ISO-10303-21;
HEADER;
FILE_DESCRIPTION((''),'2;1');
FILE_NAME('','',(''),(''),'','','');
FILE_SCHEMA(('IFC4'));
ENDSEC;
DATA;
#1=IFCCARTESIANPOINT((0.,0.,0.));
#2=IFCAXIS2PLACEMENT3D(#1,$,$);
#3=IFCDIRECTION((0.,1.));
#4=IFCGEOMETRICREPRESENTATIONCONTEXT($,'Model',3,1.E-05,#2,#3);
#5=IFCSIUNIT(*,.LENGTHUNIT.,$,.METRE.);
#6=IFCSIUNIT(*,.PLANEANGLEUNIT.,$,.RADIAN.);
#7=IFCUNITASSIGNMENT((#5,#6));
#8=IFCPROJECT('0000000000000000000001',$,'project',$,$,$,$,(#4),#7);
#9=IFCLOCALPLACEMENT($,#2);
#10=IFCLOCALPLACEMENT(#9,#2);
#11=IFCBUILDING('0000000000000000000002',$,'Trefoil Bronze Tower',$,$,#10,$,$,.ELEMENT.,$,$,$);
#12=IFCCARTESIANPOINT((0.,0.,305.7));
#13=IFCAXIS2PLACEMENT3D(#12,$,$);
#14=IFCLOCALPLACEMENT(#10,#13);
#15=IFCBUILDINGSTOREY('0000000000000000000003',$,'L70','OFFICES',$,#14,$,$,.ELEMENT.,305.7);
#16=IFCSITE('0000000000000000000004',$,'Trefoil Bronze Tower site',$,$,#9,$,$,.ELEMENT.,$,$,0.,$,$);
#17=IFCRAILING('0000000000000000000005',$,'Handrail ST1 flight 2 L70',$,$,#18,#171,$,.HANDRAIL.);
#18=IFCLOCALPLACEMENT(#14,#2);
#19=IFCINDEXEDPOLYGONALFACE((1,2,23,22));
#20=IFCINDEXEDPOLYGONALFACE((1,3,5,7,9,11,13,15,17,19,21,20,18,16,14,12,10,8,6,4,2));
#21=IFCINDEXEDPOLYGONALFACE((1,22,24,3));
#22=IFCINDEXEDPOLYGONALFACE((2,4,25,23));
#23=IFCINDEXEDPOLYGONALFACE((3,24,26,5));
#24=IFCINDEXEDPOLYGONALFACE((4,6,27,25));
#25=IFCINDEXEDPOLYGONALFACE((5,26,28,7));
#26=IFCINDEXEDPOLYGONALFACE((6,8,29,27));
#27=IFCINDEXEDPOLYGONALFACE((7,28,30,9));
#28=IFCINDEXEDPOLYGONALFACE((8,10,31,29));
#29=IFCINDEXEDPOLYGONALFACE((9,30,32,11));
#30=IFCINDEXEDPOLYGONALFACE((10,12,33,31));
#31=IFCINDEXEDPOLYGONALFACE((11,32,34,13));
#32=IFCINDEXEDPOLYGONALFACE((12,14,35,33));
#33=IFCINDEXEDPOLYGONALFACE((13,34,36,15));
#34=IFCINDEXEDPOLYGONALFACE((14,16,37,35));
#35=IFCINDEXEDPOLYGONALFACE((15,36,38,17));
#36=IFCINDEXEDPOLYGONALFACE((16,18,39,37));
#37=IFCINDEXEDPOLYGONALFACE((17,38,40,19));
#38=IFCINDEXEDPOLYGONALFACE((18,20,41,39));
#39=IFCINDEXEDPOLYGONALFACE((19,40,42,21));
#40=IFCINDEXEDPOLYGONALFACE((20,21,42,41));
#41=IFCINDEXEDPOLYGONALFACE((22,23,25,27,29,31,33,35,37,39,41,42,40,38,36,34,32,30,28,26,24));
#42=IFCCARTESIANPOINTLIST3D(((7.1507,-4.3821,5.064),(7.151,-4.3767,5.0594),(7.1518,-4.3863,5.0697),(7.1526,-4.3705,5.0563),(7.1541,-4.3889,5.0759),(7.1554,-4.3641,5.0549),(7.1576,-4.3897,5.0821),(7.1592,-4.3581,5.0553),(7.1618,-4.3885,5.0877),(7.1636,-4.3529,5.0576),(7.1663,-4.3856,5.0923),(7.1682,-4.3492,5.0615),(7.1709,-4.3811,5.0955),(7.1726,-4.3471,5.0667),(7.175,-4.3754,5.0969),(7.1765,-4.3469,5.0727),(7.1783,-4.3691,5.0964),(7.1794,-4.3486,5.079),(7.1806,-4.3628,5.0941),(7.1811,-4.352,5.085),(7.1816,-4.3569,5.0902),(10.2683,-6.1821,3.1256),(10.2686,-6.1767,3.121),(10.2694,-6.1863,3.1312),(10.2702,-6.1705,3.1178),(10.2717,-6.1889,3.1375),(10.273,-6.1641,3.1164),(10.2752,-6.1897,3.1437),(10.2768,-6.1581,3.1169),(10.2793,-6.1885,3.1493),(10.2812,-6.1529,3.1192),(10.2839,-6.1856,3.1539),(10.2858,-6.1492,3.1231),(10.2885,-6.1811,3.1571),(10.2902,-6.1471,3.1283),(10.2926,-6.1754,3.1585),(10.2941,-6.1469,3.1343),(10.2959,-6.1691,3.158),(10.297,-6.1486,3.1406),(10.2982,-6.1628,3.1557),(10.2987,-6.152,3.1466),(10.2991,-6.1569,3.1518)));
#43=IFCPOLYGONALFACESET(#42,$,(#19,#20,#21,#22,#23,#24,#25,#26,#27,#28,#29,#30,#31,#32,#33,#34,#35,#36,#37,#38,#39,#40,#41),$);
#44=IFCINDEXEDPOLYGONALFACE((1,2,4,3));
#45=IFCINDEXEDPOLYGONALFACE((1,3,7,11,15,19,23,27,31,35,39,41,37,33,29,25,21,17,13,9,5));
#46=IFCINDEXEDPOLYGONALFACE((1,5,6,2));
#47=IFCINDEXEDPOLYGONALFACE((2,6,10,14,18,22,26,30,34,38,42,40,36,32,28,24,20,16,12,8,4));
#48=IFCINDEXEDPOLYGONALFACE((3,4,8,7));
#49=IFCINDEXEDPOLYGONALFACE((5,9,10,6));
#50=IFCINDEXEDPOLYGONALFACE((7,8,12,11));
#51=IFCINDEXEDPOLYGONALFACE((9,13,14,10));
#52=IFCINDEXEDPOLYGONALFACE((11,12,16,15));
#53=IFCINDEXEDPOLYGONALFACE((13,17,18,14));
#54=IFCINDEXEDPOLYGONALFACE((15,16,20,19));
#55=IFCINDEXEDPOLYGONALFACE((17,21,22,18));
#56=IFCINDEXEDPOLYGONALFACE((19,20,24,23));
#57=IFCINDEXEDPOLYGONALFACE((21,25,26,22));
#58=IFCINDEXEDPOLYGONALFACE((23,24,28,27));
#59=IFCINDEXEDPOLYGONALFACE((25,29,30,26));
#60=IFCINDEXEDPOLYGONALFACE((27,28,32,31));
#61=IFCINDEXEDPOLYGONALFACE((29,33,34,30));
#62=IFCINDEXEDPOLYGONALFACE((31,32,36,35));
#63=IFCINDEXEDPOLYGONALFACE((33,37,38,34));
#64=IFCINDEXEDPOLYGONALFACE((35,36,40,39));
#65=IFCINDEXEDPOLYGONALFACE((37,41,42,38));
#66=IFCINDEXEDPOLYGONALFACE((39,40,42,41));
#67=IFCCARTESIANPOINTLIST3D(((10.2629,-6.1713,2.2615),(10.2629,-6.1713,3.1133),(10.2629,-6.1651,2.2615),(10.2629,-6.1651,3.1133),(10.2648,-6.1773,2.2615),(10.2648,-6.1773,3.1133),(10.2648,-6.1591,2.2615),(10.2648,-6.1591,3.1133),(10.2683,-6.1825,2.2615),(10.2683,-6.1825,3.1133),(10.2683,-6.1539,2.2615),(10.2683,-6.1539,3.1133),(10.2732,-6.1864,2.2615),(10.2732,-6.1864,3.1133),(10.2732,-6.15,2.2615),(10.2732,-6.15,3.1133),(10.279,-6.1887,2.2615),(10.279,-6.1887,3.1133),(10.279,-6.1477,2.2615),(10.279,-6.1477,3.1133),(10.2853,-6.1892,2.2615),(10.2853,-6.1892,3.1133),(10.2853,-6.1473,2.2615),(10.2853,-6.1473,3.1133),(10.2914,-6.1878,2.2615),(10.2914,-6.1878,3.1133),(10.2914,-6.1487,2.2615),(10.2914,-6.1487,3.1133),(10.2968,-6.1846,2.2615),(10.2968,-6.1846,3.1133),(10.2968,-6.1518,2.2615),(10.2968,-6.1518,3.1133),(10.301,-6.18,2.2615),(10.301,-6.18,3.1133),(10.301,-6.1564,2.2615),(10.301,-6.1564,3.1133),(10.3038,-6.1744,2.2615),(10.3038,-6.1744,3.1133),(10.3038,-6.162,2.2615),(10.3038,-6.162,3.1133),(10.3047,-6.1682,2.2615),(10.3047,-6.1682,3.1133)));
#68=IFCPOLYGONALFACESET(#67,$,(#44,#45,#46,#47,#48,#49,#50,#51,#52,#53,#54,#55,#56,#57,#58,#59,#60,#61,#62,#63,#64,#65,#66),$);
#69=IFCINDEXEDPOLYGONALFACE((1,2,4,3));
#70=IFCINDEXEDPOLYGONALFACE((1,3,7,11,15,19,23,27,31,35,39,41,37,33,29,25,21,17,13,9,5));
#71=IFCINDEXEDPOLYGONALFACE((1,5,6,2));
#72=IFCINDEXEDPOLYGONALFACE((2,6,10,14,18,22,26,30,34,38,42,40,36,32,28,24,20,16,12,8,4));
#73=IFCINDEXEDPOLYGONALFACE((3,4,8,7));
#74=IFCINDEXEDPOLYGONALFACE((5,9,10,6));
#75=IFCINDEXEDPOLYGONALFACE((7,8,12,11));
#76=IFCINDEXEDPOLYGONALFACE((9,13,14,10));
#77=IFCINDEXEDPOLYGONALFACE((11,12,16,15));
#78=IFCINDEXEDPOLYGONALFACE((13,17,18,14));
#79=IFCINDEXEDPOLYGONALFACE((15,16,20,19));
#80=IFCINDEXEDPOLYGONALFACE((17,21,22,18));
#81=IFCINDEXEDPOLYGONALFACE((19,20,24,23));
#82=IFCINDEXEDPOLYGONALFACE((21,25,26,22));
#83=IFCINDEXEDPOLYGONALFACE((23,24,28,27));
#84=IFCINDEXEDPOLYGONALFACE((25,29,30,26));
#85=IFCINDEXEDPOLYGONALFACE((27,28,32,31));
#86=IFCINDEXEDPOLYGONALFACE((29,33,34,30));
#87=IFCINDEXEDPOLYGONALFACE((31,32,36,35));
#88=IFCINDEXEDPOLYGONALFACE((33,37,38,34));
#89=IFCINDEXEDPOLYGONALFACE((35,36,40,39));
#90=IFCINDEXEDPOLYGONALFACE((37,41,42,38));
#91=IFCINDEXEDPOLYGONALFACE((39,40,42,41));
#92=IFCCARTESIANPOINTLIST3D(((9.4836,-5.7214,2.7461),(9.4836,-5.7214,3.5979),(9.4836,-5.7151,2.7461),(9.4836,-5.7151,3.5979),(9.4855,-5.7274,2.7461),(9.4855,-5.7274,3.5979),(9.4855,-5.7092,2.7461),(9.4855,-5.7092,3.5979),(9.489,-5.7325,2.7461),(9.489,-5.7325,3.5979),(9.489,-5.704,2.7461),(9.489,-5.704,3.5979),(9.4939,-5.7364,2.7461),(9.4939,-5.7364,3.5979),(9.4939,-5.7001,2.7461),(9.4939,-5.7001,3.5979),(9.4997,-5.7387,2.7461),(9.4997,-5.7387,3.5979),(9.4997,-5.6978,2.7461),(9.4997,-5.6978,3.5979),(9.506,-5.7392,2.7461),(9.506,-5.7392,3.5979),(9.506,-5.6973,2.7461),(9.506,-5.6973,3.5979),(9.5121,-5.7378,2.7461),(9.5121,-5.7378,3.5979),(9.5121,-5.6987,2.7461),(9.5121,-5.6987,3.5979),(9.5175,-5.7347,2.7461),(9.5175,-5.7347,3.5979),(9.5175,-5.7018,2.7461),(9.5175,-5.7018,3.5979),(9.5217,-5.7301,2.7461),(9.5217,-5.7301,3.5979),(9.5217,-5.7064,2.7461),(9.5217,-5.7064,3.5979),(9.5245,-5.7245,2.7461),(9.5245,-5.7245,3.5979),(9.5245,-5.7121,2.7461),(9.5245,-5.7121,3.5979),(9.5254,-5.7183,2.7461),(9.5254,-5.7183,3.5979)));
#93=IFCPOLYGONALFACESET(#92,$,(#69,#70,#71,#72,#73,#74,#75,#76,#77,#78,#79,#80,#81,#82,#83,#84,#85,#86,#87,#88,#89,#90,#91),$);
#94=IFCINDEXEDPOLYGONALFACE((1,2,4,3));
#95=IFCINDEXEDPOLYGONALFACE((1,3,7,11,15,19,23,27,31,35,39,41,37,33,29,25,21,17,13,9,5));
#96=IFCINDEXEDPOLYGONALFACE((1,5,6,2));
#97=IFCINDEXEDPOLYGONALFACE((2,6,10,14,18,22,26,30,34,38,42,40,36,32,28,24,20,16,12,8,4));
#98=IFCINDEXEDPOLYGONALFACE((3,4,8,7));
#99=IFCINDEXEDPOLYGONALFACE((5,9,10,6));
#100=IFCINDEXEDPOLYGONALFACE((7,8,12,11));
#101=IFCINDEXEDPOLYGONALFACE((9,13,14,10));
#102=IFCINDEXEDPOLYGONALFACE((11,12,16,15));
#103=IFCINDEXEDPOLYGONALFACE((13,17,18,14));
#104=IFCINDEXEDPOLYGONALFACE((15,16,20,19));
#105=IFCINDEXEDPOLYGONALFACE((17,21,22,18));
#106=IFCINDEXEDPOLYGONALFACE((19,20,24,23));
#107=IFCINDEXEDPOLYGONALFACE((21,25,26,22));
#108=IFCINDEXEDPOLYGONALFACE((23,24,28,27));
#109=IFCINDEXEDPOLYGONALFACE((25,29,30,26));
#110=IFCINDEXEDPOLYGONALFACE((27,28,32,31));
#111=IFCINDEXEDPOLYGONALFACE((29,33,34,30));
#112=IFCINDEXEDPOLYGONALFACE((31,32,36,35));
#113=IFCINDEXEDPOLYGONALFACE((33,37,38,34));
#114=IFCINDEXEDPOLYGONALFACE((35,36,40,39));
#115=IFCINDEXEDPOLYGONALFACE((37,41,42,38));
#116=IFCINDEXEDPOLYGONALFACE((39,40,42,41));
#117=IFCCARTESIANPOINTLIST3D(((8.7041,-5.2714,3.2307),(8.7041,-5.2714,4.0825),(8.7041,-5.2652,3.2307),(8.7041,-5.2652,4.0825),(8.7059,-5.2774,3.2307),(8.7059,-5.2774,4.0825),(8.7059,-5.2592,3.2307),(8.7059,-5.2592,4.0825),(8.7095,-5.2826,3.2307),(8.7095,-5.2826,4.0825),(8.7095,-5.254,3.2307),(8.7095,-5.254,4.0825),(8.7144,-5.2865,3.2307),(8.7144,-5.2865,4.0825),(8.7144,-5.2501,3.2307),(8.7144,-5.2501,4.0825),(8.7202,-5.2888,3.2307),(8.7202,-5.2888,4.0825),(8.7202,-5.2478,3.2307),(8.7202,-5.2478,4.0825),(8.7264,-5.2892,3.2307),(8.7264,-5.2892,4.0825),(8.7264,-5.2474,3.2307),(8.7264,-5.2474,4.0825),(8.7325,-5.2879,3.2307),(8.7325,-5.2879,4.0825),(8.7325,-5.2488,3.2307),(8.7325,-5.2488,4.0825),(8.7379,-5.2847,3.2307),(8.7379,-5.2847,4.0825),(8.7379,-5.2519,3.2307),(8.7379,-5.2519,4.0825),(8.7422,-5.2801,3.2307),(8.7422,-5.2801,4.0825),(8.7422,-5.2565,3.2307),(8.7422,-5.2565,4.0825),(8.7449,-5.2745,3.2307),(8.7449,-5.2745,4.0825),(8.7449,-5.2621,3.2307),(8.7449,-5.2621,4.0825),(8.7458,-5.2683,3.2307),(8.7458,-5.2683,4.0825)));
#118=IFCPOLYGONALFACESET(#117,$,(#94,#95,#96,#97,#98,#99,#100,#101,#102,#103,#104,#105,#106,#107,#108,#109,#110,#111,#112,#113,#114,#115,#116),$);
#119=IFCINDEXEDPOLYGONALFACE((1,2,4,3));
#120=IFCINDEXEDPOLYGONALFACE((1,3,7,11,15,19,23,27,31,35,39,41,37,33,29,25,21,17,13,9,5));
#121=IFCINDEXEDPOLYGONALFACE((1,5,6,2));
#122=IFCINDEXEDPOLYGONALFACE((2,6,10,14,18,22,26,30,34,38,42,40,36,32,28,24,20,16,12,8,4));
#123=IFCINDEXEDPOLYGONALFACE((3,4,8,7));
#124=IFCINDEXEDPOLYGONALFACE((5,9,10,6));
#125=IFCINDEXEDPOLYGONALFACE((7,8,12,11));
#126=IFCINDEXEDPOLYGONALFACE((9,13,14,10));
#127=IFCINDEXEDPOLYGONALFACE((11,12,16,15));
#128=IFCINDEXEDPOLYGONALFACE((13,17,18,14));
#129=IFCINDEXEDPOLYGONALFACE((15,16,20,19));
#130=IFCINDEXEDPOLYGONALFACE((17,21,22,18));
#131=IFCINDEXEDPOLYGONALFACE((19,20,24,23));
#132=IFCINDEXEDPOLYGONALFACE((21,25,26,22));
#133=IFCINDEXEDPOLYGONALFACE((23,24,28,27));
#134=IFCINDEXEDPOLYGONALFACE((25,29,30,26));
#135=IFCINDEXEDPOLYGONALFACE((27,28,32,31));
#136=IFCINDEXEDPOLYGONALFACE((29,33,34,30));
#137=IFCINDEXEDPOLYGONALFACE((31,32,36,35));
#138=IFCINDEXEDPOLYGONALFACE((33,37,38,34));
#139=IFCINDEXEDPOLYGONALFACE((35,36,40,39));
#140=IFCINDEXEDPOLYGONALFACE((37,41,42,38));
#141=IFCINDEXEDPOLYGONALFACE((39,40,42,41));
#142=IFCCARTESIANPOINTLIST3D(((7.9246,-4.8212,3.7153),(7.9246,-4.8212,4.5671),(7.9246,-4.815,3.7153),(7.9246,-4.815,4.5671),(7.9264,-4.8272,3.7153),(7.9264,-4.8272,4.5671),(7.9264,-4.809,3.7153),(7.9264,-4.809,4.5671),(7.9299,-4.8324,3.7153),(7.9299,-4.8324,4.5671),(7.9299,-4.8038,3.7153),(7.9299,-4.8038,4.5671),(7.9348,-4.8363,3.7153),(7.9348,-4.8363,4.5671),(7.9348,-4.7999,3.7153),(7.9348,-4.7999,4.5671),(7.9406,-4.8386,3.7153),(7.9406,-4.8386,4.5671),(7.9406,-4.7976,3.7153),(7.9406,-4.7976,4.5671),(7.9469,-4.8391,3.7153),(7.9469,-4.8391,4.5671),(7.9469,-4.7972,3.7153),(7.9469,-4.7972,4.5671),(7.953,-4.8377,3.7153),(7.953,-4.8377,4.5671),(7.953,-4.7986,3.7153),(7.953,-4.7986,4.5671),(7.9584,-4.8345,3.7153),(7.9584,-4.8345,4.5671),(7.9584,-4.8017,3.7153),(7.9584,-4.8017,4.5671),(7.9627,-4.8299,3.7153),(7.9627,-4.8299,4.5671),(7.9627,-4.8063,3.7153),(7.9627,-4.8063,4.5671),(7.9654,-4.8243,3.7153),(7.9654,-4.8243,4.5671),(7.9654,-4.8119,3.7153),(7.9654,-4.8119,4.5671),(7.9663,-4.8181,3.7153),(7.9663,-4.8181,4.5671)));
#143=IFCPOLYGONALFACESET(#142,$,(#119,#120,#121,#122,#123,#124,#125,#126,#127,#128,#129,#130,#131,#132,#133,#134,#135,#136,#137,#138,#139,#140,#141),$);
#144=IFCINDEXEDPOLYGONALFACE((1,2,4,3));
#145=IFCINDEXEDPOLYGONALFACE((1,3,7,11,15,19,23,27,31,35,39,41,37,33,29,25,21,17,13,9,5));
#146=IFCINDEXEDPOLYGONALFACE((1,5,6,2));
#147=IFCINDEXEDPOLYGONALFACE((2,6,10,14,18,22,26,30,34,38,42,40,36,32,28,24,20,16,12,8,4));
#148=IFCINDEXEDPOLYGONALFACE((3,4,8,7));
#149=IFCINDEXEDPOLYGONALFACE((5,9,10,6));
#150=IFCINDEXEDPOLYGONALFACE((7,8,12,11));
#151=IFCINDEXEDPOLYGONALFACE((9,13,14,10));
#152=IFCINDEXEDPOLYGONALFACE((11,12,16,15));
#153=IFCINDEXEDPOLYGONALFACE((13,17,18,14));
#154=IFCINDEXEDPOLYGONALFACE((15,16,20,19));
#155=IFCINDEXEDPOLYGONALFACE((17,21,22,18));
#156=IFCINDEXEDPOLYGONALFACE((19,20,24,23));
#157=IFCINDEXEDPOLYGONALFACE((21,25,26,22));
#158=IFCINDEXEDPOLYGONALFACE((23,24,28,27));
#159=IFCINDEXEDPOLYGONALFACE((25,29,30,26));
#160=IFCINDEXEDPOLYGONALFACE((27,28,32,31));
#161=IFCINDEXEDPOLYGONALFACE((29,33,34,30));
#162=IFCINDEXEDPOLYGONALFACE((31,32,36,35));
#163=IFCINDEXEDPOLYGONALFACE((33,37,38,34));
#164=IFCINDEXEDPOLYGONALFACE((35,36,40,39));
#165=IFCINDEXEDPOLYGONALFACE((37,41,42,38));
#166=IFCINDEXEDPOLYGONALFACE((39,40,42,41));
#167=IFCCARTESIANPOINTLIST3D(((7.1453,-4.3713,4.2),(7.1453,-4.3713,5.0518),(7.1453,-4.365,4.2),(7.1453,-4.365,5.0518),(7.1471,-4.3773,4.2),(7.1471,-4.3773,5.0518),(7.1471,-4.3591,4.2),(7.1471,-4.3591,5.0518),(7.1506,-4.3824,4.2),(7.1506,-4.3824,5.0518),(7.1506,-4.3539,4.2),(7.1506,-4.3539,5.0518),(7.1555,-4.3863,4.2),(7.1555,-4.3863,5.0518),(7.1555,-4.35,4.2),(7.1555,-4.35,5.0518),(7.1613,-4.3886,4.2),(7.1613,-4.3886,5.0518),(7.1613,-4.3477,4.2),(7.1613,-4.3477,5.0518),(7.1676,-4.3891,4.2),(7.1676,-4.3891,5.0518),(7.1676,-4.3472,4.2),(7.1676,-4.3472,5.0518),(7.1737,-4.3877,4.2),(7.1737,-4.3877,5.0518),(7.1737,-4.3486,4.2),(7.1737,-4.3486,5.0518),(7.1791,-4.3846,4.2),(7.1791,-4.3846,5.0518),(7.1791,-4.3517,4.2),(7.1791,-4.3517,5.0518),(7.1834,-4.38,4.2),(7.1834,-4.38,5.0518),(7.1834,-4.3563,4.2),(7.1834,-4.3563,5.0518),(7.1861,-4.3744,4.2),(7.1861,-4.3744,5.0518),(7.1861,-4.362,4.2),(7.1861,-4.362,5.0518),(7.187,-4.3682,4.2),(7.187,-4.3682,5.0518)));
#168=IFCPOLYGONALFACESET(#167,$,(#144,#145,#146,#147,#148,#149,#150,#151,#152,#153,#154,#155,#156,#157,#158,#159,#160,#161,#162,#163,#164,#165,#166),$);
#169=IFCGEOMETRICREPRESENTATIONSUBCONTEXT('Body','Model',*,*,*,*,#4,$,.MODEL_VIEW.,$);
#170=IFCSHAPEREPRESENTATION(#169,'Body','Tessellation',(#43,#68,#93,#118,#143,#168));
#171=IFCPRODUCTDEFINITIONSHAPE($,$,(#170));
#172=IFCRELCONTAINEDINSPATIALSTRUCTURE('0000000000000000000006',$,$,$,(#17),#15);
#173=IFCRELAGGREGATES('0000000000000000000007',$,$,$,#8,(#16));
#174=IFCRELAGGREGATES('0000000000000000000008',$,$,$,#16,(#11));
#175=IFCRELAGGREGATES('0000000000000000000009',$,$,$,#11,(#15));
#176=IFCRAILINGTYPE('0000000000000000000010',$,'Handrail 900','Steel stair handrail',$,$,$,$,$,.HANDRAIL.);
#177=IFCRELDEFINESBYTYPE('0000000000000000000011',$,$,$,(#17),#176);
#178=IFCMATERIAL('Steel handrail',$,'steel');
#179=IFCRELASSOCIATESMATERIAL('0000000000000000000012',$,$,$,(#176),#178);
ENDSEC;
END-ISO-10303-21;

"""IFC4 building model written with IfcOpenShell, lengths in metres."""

from ifc_helpers import new_model, si_unit, direction, frame, origin, origin_2d, place, context, subcontext, project, spatial, circle, extrude, material, type_object, element, save


model = new_model("IFC4")

# Units and contexts
model_context = context("Model", 3, precision=1e-05, world=origin(), true_north=direction((0.0, 1.0)))
body_context = subcontext(model_context, "Body", "Model", "MODEL_VIEW")
ifc_project = project(units=[si_unit("LENGTHUNIT", "METRE"), si_unit("PLANEANGLEUNIT", "RADIAN")], contexts=[model_context])

# Site, building, storey
site_placement = place(None, origin())
site = spatial("IfcSite", under=ifc_project, at=site_placement, Name="Trefoil Bronze Tower site", CompositionType="ELEMENT", RefElevation=0.0)
building_placement = place(site_placement, origin())
building = spatial("IfcBuilding", under=site, at=building_placement, Name="Trefoil Bronze Tower", CompositionType="ELEMENT")
storey_placement = place(building_placement, frame((0.0, 0.0, 305.7)))
storey = spatial("IfcBuildingStorey", under=building, at=storey_placement, Name="L70", Description="OFFICES", CompositionType="ELEMENT", Elevation=305.7)

# Railing
ifc_material_1 = material(Name="Steel handrail", Category="steel")
railing_type = type_object("IfcRailingType", Name="Handrail 900", Description="Steel stair handrail", PredefinedType="HANDRAIL", material=ifc_material_1)
railing_1_placement = place(storey_placement, frame((10.2837, -6.1682, 2.2615)))
element("IfcRailing", 1, at=railing_1_placement, inside=storey, type_object=railing_type, Name="Handrail ST1 flight 2 L70", PredefinedType="HANDRAIL", context=body_context, shape_type="SweptSolid", body=[
    extrude(circle(Radius=0.0239, at=origin_2d()), frame((0.0, 0.0, 0.876), z_axis=(-0.762503, 0.440246, 0.474102), x_axis=(-0.500012, -0.866018, 0.0)), (0.0, 0.0, 1.0), 4.0886),
    extrude(circle(Radius=0.021, at=origin_2d()), origin(), (0.0, 0.0, 1.0), 0.8518),
    extrude(circle(Radius=0.021, at=origin_2d()), frame((-0.7793, 0.45, 0.4846)), (0.0, 0.0, 1.0), 0.8518),
    extrude(circle(Radius=0.021, at=origin_2d()), frame((-1.5588, 0.8999, 0.9692)), (0.0, 0.0, 1.0), 0.8518),
    extrude(circle(Radius=0.021, at=origin_2d()), frame((-2.3384, 1.3501, 1.4539)), (0.0, 0.0, 1.0), 0.8518),
    extrude(circle(Radius=0.021, at=origin_2d()), frame((-3.1177, 1.8, 1.9385)), (0.0, 0.0, 1.0), 0.8518),
])

save(model, "model.ifc")
